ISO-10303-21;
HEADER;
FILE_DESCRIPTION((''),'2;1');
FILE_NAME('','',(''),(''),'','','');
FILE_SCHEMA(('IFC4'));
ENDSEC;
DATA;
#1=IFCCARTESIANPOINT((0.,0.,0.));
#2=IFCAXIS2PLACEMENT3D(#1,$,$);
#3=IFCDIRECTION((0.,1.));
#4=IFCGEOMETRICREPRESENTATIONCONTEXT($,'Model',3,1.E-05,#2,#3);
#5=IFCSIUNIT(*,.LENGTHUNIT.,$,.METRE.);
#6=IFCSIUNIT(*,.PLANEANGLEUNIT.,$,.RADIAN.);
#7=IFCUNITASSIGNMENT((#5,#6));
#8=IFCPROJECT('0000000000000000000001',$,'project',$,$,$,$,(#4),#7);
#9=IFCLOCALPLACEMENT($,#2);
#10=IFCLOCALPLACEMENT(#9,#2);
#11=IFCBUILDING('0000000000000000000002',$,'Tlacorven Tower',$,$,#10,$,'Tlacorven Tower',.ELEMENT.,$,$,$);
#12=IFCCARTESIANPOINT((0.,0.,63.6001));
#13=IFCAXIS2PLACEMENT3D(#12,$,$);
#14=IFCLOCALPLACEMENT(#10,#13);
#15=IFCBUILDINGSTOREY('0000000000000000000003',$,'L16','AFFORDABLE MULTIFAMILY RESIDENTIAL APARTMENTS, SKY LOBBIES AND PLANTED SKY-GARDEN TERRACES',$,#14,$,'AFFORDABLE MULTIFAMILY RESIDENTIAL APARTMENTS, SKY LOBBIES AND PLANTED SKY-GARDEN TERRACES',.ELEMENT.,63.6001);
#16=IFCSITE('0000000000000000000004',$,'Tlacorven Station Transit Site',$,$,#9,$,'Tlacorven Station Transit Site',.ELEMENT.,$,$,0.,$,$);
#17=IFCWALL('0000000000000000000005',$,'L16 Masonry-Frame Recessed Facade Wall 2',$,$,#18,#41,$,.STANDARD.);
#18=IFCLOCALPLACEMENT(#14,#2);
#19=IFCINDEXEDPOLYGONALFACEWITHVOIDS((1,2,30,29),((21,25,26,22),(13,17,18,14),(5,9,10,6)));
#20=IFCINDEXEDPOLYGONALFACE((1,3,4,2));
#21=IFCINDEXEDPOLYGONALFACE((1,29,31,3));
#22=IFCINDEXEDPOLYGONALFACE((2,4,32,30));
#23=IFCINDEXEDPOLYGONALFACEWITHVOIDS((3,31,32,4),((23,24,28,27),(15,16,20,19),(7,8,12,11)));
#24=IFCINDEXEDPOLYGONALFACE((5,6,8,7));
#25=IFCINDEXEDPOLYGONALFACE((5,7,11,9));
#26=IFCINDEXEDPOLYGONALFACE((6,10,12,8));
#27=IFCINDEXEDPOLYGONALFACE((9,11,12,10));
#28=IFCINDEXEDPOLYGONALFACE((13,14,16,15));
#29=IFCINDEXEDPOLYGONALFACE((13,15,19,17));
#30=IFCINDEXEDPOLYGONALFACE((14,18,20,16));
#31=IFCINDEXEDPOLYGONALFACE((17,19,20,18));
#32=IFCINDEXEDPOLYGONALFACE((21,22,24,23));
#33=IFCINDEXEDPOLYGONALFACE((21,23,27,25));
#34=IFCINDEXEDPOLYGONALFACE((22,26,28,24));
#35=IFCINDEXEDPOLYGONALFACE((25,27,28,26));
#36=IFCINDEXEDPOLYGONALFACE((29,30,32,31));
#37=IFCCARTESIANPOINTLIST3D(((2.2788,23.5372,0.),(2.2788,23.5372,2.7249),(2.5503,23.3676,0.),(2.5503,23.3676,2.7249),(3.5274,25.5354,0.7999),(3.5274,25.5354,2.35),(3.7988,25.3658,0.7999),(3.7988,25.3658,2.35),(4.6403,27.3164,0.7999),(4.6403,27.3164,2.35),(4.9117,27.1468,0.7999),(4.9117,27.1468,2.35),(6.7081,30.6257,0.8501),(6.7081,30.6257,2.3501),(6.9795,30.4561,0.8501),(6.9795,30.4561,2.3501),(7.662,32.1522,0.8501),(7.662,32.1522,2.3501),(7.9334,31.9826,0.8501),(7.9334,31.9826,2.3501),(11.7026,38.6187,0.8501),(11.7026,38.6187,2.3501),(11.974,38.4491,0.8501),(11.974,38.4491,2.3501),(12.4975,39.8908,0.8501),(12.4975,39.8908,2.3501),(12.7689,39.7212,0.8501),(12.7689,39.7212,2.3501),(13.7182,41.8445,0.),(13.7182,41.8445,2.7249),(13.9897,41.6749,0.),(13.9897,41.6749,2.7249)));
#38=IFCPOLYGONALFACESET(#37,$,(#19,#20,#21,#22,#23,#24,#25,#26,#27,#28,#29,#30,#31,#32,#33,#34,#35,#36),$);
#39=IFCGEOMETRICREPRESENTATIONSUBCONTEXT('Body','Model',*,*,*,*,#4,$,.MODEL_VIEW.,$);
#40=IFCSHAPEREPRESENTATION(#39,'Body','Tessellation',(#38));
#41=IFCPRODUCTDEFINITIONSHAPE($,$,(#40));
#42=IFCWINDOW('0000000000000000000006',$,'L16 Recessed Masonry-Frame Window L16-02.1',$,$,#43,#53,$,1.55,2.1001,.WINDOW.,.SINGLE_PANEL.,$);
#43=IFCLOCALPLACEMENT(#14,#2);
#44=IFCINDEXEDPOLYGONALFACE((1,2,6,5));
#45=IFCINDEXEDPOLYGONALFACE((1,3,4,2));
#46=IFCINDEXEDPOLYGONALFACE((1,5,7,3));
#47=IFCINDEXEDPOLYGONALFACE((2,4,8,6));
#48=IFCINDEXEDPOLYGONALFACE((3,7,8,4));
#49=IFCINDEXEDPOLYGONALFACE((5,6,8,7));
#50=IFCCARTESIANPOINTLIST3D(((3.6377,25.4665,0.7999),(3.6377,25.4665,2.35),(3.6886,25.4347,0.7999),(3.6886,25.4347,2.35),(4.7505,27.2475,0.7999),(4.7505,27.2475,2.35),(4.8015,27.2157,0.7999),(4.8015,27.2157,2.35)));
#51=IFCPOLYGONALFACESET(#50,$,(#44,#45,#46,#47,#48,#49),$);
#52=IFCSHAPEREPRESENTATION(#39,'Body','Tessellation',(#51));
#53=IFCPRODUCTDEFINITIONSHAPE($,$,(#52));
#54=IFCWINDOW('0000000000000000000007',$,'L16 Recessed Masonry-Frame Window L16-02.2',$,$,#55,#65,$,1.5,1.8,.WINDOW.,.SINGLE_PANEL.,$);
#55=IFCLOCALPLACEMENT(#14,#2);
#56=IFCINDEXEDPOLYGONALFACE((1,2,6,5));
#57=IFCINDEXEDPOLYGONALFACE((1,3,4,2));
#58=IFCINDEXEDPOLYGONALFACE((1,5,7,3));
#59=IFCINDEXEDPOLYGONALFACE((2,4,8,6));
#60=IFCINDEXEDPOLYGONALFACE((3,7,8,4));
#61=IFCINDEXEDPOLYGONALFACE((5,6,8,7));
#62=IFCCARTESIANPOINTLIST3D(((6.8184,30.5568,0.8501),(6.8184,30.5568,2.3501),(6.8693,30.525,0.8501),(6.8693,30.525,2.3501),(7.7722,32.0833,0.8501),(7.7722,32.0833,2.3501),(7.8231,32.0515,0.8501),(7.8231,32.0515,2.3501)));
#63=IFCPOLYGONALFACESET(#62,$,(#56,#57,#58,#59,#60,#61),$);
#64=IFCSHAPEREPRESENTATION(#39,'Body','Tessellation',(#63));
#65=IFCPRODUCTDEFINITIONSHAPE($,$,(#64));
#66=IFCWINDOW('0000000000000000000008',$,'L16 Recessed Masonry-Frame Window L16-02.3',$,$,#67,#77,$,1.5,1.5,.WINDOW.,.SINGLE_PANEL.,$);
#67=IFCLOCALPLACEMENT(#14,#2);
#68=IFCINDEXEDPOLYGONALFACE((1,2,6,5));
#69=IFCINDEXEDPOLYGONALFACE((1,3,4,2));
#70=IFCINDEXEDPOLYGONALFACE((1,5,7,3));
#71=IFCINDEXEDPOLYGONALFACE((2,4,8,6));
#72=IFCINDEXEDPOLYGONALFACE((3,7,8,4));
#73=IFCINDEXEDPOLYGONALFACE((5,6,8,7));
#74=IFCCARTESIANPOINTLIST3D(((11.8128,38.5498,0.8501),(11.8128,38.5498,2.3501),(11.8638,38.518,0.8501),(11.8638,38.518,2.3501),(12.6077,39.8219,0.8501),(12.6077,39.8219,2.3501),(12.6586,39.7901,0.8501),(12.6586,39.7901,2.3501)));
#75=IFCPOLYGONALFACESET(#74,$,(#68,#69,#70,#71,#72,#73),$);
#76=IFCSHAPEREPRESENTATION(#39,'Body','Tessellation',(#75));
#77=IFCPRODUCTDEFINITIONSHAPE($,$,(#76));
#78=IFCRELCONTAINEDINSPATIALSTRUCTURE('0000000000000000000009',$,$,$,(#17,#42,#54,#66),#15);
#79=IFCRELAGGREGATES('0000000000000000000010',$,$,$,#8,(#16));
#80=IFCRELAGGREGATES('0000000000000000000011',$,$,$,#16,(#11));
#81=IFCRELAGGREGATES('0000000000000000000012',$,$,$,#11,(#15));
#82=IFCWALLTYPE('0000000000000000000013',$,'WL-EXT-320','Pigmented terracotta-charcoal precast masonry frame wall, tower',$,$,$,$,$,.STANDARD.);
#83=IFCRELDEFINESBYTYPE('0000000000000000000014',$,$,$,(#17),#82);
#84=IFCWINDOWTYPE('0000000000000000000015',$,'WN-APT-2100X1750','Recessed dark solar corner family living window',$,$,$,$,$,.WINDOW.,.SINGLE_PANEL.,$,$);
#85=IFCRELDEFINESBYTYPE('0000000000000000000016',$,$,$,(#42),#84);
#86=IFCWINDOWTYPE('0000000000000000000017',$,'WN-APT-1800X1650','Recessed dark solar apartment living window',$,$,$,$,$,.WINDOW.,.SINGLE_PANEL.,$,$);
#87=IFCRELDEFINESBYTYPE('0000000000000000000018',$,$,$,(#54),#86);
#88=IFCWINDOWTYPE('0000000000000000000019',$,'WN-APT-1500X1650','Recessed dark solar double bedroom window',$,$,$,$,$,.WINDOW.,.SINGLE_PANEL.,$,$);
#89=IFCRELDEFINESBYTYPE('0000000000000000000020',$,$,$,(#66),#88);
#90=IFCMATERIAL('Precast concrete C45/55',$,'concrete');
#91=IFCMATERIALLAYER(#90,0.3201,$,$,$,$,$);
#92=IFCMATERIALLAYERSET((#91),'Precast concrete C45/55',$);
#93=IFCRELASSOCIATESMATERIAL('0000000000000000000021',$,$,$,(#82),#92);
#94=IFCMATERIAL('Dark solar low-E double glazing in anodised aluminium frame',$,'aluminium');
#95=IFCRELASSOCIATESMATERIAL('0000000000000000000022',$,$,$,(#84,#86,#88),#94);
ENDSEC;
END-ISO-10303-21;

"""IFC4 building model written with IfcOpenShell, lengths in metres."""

from ifc_helpers import new_model, si_unit, direction, frame, frame_2d, origin, place, context, subcontext, project, spatial, rectangle, extrude, source, transform, mapped, material, layer, layer_set, type_object, element, fill, save


model = new_model("IFC4")

# Units and contexts
model_context = context("Model", 3, precision=1e-05, world=origin(), true_north=direction((0.0, 1.0)))
body_context = subcontext(model_context, "Body", "Model", "MODEL_VIEW")
ifc_project = project(units=[si_unit("LENGTHUNIT", "METRE"), si_unit("PLANEANGLEUNIT", "RADIAN")], contexts=[model_context])

# Site, building, storey
site_placement = place(None, origin())
site = spatial("IfcSite", under=ifc_project, at=site_placement, Name="Tlacorven Station Transit Site", LongName="Tlacorven Station Transit Site", CompositionType="ELEMENT", RefElevation=0.0)
building_placement = place(site_placement, origin())
building = spatial("IfcBuilding", under=site, at=building_placement, Name="Tlacorven Tower", LongName="Tlacorven Tower", CompositionType="ELEMENT")
storey_placement = place(building_placement, frame((0.0, 0.0, 63.6001)))
storey = spatial("IfcBuildingStorey", under=building, at=storey_placement, Name="L16", Description="AFFORDABLE MULTIFAMILY RESIDENTIAL APARTMENTS, SKY LOBBIES AND PLANTED SKY-GARDEN TERRACES", LongName="AFFORDABLE MULTIFAMILY RESIDENTIAL APARTMENTS, SKY LOBBIES AND PLANTED SKY-GARDEN TERRACES", CompositionType="ELEMENT", Elevation=63.6001)

# Wall, openings, windows
ifc_material_1 = material(Name="Precast concrete C45/55", Category="concrete")
ifc_layer_1 = layer(ifc_material_1, 0.3201)
ifc_layer_set_1 = layer_set([ifc_layer_1], Name="Precast concrete C45/55")
wall_type_1 = type_object("IfcWallType", Name="WL-EXT-320", Description="Pigmented terracotta-charcoal precast masonry frame wall, tower", PredefinedType="STANDARD", material=ifc_layer_set_1)
wall_1_placement = place(storey_placement, frame((2.4146, 23.4524, 0.0), z_axis=(0.0, 0.0, 1.0), x_axis=(0.52991, 0.848054, 0.0)))
wall_1 = element("IfcWall", 1, at=wall_1_placement, inside=storey, type_object=wall_type_1, Name="L16 Masonry-Frame Recessed Facade Wall 2", PredefinedType="STANDARD", context=body_context, shape_type="SweptSolid", body=[
    extrude(rectangle(XDim=21.5874, YDim=0.3201, at=frame_2d((10.7937, 0.0))), origin(), (0.0, 0.0, 1.0), 2.7249),
])
opening_1_placement = place(wall_1_placement, frame((2.3562, 0.0, 0.8)))
opening_1 = element("IfcOpeningElement", 2, at=opening_1_placement, cuts=wall_1, PredefinedType="OPENING", context=body_context, shape_type="SweptSolid", body=[
    extrude(rectangle(XDim=2.1001, YDim=1.55, at=frame_2d((1.05, 0.7749))), frame((0.0, 0.1699, 0.0), z_axis=(0.0, -1.0, 0.0), x_axis=(1.0, 0.0, 0.0)), (0.0, 0.0, 1.0), 0.3401),
])
opening_2_placement = place(wall_1_placement, frame((8.3586, 0.0, 0.8501)))
opening_2 = element("IfcOpeningElement", 3, at=opening_2_placement, cuts=wall_1, PredefinedType="OPENING", context=body_context, shape_type="SweptSolid", body=[
    extrude(rectangle(XDim=1.8, YDim=1.5, at=frame_2d((0.8999, 0.75))), frame((0.0, 0.1699, 0.0), z_axis=(0.0, -1.0, 0.0), x_axis=(1.0, 0.0, 0.0)), (0.0, 0.0, 1.0), 0.3401),
])
opening_3_placement = place(wall_1_placement, frame((17.7837, 0.0, 0.8501)))
opening_3 = element("IfcOpeningElement", 4, at=opening_3_placement, cuts=wall_1, PredefinedType="OPENING", context=body_context, shape_type="SweptSolid", body=[
    extrude(rectangle(XDim=1.5, YDim=1.5, at=frame_2d((0.75, 0.75))), frame((0.0, 0.1699, 0.0), z_axis=(0.0, -1.0, 0.0), x_axis=(1.0, 0.0, 0.0)), (0.0, 0.0, 1.0), 0.3401),
])
ifc_material_2 = material(Name="Dark solar low-E double glazing in anodised aluminium frame", Category="aluminium")
window_type_1 = type_object("IfcWindowType", Name="WN-APT-2100X1750", Description="Recessed dark solar corner family living window", PartitioningType="SINGLE_PANEL", PredefinedType="WINDOW", material=ifc_material_2)
shared_shape_1 = source(origin(), body_context, "Body", "SweptSolid", [
    extrude(rectangle(XDim=2.1001, YDim=1.55, at=frame_2d((1.05, 0.7749))), frame((0.0, 0.03, 0.0), z_axis=(0.0, -1.0, 0.0), x_axis=(1.0, 0.0, 0.0)), (0.0, 0.0, 1.0), 0.0601),
])
window_1_placement = place(opening_1_placement, origin())
window_1 = element("IfcWindow", 5, at=window_1_placement, inside=storey, type_object=window_type_1, Name="L16 Recessed Masonry-Frame Window L16-02.1", OverallHeight=1.55, OverallWidth=2.1001, PartitioningType="SINGLE_PANEL", PredefinedType="WINDOW", context=body_context, shape_type="MappedRepresentation", body=[
    mapped(shared_shape_1, transform((0.0, 0.0, 0.0), scale=1.0)),
])
fill(opening_1, window_1)
window_type_2 = type_object("IfcWindowType", Name="WN-APT-1800X1650", Description="Recessed dark solar apartment living window", PartitioningType="SINGLE_PANEL", PredefinedType="WINDOW", material=ifc_material_2)
shared_shape_2 = source(origin(), body_context, "Body", "SweptSolid", [
    extrude(rectangle(XDim=1.8, YDim=1.5, at=frame_2d((0.8999, 0.75))), frame((0.0, 0.03, 0.0), z_axis=(0.0, -1.0, 0.0), x_axis=(1.0, 0.0, 0.0)), (0.0, 0.0, 1.0), 0.0601),
])
window_2_placement = place(opening_2_placement, origin())
window_2 = element("IfcWindow", 6, at=window_2_placement, inside=storey, type_object=window_type_2, Name="L16 Recessed Masonry-Frame Window L16-02.2", OverallHeight=1.5, OverallWidth=1.8, PartitioningType="SINGLE_PANEL", PredefinedType="WINDOW", context=body_context, shape_type="MappedRepresentation", body=[
    mapped(shared_shape_2, transform((0.0, 0.0, 0.0), scale=1.0)),
])
fill(opening_2, window_2)
window_type_3 = type_object("IfcWindowType", Name="WN-APT-1500X1650", Description="Recessed dark solar double bedroom window", PartitioningType="SINGLE_PANEL", PredefinedType="WINDOW", material=ifc_material_2)
shared_shape_3 = source(origin(), body_context, "Body", "SweptSolid", [
    extrude(rectangle(XDim=1.5, YDim=1.5, at=frame_2d((0.75, 0.75))), frame((0.0, 0.03, 0.0), z_axis=(0.0, -1.0, 0.0), x_axis=(1.0, 0.0, 0.0)), (0.0, 0.0, 1.0), 0.0601),
])
window_3_placement = place(opening_3_placement, origin())
window_3 = element("IfcWindow", 7, at=window_3_placement, inside=storey, type_object=window_type_3, Name="L16 Recessed Masonry-Frame Window L16-02.3", OverallHeight=1.5, OverallWidth=1.5, PartitioningType="SINGLE_PANEL", PredefinedType="WINDOW", context=body_context, shape_type="MappedRepresentation", body=[
    mapped(shared_shape_3, transform((0.0, 0.0, 0.0), scale=1.0)),
])
fill(opening_3, window_3)

save(model, "model.ifc")
